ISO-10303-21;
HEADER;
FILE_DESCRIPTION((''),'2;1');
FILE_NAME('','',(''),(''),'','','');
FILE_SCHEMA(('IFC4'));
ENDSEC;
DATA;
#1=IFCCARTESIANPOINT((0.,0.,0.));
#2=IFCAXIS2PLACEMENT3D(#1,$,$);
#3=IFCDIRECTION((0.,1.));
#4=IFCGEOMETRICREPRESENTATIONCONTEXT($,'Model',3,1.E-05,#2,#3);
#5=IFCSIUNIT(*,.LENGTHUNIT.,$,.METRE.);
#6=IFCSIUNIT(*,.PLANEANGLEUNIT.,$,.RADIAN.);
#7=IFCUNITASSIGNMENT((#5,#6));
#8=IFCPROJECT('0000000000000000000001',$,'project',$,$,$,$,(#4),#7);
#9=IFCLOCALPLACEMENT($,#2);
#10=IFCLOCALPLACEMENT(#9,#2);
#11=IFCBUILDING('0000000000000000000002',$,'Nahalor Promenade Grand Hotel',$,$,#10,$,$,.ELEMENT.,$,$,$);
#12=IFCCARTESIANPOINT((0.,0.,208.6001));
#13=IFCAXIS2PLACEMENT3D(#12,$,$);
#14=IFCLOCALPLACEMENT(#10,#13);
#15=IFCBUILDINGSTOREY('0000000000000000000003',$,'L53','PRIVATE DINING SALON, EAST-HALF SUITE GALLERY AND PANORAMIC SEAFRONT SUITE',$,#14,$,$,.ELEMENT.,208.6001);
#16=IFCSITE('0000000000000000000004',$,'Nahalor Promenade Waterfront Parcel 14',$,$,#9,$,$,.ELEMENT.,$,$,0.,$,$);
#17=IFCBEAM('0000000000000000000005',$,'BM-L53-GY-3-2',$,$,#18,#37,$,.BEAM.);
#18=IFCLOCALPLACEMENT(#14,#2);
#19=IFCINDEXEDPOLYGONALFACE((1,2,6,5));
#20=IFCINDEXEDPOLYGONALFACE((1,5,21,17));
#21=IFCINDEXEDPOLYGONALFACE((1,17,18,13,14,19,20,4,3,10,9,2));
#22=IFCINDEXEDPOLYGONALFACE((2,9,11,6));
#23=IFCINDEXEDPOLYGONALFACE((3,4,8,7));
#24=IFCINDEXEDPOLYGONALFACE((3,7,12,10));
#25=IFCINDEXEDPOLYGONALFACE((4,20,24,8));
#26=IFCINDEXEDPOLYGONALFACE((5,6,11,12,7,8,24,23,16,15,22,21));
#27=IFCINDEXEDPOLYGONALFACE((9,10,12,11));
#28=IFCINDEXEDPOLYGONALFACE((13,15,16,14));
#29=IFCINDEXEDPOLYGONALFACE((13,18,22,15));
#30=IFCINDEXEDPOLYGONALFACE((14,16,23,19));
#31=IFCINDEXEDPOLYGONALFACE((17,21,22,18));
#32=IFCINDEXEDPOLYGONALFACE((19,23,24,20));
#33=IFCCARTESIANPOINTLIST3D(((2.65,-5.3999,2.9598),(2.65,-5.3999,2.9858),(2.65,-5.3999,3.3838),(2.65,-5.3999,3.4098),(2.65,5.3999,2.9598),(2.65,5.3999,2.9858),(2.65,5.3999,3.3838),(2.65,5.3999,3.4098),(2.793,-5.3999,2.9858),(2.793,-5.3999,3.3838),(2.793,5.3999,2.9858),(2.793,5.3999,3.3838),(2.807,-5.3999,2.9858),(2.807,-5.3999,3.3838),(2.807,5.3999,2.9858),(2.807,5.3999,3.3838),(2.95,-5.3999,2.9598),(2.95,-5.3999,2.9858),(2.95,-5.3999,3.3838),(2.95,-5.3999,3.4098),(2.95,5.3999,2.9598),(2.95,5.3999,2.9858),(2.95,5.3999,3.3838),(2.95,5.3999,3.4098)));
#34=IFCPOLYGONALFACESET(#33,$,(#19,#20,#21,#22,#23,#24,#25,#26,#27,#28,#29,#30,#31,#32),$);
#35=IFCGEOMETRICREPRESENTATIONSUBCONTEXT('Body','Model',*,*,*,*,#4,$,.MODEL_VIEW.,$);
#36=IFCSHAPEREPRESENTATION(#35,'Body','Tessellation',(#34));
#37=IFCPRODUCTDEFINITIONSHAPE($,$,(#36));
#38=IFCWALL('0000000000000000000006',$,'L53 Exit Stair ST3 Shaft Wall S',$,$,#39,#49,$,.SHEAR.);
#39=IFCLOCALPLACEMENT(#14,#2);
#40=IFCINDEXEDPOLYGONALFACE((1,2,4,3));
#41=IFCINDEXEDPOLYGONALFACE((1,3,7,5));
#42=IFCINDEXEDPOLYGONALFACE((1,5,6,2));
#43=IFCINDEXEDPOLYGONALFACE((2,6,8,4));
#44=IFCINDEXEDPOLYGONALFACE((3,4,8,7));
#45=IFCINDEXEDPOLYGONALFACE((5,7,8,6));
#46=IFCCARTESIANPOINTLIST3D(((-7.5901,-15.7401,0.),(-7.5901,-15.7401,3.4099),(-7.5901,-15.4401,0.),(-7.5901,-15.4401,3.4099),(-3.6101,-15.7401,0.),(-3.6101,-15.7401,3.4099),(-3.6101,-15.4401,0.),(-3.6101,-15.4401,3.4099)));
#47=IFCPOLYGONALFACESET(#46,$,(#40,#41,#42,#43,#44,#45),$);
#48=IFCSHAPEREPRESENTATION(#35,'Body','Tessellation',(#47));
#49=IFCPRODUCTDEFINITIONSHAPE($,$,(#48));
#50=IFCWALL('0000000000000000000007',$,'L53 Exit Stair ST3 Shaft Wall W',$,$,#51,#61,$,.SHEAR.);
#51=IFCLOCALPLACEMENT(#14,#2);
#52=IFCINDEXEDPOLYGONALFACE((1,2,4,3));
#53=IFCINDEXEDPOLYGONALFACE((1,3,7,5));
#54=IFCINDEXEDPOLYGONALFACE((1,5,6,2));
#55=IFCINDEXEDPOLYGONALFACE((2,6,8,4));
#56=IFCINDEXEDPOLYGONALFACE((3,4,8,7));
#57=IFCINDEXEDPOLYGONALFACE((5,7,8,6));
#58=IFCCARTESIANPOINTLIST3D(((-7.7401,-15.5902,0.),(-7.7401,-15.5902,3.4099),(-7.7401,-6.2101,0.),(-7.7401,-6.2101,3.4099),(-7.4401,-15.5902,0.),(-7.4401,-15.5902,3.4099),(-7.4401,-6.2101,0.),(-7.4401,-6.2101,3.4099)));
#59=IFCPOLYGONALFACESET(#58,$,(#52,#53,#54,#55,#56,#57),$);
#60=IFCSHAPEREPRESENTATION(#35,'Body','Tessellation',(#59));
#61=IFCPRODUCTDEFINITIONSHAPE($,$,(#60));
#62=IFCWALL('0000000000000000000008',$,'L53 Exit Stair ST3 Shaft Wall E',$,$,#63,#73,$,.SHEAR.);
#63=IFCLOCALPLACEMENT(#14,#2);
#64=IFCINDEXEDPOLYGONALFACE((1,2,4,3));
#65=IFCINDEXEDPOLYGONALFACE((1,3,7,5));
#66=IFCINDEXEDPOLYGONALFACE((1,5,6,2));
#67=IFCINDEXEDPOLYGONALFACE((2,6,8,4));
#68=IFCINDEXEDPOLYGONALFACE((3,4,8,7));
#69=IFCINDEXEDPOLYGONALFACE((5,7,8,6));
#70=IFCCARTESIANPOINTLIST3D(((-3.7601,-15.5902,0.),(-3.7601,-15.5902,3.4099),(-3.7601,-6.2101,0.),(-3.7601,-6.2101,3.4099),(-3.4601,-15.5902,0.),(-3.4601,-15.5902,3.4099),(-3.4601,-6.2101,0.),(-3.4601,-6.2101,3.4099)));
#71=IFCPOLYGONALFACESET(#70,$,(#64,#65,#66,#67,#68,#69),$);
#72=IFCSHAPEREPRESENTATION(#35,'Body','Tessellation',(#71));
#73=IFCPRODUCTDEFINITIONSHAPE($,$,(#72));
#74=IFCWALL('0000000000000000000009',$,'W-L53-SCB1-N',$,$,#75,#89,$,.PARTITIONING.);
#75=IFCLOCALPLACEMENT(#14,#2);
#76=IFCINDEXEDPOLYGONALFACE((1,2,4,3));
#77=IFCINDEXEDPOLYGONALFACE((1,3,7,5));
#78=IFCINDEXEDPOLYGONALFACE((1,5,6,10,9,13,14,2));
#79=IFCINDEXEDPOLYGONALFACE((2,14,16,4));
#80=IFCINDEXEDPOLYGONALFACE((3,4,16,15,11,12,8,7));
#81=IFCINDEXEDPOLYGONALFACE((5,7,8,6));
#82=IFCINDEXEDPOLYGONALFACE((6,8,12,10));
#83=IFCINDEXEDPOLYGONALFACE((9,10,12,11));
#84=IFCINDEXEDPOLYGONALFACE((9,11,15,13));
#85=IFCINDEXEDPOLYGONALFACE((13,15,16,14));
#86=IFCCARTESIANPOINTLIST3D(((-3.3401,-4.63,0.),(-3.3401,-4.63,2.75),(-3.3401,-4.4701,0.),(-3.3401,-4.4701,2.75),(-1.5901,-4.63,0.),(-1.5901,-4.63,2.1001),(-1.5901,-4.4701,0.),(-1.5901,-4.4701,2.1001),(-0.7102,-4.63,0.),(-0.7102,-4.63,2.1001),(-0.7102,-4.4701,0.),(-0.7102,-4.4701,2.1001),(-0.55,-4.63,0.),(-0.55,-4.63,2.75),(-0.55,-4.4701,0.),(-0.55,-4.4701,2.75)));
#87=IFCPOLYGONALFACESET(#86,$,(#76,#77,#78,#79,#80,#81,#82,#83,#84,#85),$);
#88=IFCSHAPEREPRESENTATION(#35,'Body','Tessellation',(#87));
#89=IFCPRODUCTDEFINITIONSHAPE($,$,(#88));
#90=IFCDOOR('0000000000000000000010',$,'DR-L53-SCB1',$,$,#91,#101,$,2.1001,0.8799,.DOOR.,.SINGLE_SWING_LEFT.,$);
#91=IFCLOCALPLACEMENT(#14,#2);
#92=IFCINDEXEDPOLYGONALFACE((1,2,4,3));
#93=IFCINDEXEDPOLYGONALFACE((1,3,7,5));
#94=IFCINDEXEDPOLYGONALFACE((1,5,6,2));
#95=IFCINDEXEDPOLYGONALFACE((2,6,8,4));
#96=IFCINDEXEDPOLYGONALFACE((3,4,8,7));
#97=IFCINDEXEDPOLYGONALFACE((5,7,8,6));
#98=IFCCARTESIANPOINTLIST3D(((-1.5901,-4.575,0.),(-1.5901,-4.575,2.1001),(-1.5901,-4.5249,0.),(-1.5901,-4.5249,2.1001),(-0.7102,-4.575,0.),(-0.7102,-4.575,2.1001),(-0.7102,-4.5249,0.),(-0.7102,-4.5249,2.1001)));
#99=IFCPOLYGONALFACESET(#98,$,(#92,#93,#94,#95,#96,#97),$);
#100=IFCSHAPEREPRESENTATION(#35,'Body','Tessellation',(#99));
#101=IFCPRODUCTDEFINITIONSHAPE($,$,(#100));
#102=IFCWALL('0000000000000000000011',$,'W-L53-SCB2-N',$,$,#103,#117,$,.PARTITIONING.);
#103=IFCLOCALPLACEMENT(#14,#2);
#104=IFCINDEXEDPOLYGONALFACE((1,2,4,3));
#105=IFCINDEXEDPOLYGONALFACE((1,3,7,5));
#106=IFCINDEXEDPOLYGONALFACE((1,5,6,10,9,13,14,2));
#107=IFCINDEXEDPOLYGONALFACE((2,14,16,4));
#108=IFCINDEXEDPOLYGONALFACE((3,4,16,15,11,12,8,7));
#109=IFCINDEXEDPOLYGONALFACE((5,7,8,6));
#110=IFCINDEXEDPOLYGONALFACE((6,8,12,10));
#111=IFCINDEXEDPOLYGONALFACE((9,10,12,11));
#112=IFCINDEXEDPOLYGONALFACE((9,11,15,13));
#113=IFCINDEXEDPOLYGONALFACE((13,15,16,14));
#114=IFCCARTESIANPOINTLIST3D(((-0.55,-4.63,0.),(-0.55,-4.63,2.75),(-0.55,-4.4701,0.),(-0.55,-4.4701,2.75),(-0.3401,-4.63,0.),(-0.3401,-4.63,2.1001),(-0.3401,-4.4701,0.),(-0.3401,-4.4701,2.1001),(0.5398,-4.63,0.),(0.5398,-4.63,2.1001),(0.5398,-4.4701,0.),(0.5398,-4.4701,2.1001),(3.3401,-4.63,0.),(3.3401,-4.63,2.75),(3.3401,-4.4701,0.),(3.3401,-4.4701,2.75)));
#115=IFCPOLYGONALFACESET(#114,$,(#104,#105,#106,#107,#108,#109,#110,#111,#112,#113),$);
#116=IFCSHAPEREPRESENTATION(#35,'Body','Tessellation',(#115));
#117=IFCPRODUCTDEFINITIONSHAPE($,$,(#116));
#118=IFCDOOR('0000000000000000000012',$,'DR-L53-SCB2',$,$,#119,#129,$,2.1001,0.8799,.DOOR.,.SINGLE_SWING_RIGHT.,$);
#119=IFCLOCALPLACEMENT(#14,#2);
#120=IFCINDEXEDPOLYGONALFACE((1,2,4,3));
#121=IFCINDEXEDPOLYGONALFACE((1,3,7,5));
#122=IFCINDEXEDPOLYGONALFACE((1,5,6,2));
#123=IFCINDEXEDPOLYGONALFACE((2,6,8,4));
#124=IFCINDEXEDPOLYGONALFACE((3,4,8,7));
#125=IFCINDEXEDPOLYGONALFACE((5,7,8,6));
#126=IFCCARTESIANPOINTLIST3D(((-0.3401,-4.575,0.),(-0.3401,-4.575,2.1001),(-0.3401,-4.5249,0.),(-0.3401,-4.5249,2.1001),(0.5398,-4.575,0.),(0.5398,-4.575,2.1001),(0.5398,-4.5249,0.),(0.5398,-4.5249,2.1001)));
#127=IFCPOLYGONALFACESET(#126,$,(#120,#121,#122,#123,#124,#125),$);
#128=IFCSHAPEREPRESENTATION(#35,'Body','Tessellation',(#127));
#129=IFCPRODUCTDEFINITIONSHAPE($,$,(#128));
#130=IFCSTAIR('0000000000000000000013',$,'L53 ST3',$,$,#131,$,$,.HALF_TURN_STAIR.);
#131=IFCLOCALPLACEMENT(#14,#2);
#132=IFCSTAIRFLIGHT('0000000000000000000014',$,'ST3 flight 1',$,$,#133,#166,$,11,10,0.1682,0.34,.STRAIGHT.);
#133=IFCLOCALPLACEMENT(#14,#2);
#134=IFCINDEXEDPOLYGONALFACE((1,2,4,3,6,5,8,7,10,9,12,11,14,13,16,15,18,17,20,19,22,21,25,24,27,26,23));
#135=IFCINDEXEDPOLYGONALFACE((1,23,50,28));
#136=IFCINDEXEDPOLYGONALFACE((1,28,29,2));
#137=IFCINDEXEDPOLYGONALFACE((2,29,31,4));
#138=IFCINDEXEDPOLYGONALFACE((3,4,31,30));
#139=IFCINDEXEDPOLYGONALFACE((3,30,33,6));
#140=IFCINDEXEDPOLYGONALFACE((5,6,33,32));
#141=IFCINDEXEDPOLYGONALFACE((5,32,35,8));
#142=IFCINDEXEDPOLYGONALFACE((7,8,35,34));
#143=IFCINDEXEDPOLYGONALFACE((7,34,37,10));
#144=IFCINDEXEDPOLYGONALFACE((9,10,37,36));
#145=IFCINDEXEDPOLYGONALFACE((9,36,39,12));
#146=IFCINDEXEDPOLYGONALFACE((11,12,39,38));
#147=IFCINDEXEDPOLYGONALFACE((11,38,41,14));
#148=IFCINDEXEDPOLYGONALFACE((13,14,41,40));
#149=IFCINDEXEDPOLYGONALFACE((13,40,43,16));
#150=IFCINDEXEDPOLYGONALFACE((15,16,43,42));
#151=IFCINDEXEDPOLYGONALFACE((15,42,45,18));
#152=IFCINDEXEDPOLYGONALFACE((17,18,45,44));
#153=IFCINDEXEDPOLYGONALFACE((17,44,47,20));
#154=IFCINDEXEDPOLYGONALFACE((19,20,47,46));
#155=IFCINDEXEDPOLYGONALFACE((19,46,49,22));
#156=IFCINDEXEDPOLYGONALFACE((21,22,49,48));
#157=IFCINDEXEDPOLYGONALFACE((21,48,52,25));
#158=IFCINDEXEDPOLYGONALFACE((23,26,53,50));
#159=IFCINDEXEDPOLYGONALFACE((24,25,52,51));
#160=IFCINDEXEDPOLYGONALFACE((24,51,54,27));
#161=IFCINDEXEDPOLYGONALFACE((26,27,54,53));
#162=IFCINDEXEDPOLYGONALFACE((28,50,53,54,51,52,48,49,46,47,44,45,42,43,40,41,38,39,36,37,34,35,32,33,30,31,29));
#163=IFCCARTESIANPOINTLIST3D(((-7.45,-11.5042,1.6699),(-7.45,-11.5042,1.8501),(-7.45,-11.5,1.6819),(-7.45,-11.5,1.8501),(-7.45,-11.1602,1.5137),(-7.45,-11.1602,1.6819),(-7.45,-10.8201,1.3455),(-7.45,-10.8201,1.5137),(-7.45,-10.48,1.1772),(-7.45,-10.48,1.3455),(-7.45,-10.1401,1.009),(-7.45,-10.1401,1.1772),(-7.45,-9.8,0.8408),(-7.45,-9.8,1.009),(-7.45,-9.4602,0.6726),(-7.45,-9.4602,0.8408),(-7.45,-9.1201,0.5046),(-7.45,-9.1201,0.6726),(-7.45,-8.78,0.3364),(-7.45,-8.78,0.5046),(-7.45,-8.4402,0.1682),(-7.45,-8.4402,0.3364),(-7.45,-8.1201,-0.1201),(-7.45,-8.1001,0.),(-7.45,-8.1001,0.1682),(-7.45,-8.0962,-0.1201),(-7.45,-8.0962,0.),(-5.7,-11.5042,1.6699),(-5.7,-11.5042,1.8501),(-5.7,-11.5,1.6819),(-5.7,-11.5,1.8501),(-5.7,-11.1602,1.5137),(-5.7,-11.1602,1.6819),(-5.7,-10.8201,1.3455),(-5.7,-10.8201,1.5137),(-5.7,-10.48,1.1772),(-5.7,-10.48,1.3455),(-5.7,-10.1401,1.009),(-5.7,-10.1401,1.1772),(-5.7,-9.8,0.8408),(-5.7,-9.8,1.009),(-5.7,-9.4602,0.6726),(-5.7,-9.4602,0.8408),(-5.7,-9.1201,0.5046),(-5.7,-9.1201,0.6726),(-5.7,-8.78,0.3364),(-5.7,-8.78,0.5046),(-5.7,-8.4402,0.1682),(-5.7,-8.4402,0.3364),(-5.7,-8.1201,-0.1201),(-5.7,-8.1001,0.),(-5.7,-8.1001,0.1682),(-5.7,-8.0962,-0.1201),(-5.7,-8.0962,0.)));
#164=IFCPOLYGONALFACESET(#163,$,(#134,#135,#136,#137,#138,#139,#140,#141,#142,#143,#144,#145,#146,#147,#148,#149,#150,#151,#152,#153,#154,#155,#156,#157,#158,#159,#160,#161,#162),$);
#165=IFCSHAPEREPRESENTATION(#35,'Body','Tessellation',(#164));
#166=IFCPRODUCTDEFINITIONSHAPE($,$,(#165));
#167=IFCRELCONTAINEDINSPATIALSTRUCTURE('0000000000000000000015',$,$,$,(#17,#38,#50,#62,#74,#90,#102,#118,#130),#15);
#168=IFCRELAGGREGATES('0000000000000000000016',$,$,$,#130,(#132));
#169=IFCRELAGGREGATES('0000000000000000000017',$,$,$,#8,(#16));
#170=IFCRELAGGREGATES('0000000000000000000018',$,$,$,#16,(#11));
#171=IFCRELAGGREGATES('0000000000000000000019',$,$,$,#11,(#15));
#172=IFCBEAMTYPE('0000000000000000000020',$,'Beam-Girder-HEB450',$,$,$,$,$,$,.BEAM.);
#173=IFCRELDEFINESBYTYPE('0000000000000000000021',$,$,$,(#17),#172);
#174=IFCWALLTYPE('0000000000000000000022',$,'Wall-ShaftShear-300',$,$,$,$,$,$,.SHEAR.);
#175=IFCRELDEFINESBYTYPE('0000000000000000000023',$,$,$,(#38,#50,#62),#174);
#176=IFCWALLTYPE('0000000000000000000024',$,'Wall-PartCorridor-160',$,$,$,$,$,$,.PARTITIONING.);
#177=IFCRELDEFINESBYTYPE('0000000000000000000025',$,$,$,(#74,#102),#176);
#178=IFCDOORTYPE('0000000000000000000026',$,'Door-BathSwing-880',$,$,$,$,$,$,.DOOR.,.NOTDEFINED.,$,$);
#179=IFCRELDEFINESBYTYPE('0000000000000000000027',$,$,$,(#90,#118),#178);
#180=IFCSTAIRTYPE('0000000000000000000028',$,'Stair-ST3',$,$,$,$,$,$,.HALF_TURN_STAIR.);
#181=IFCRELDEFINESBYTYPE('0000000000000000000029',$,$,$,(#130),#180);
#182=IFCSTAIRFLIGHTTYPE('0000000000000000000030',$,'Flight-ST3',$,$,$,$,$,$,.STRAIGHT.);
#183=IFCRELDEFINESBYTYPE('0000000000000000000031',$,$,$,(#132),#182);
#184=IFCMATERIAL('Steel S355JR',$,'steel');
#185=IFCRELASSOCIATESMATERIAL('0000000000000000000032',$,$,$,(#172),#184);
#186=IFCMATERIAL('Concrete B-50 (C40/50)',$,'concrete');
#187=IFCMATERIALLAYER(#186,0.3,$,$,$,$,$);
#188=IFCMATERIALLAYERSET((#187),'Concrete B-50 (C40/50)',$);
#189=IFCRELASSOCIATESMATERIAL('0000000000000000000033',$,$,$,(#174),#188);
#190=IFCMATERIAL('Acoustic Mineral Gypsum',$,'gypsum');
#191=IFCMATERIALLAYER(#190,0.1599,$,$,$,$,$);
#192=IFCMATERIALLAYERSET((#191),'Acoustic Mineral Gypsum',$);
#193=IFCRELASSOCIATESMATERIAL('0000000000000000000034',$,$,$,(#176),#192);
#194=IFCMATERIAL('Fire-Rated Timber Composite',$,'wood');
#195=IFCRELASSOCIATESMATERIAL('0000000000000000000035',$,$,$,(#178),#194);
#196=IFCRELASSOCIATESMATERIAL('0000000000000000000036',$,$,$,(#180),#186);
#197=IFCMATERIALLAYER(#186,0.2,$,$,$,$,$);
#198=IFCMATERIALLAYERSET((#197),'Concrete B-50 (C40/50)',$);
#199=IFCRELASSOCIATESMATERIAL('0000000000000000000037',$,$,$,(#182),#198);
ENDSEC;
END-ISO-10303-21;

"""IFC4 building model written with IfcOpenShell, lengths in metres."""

from ifc_helpers import new_model, si_unit, direction, frame, frame_2d, origin, origin_2d, place, context, subcontext, project, spatial, polyline, rectangle, i_section, outline, extrude, source, transform, mapped, material, layer, layer_set, material_profile, profile_set, type_object, element, fill, aggregate, save


model = new_model("IFC4")

# Units and contexts
model_context = context("Model", 3, precision=1e-05, world=origin(), true_north=direction((0.0, 1.0)))
body_context = subcontext(model_context, "Body", "Model", "MODEL_VIEW")
ifc_project = project(units=[si_unit("LENGTHUNIT", "METRE"), si_unit("PLANEANGLEUNIT", "RADIAN")], contexts=[model_context])

# Site, building, storey
site_placement = place(None, origin())
site = spatial("IfcSite", under=ifc_project, at=site_placement, Name="Nahalor Promenade Waterfront Parcel 14", CompositionType="ELEMENT", RefElevation=0.0)
building_placement = place(site_placement, origin())
building = spatial("IfcBuilding", under=site, at=building_placement, Name="Nahalor Promenade Grand Hotel", CompositionType="ELEMENT")
storey_placement = place(building_placement, frame((0.0, 0.0, 208.6001)))
storey = spatial("IfcBuildingStorey", under=building, at=storey_placement, Name="L53", Description="PRIVATE DINING SALON, EAST-HALF SUITE GALLERY AND PANORAMIC SEAFRONT SUITE", CompositionType="ELEMENT", Elevation=208.6001)

# Beam
ifc_material_1 = material(Name="Steel S355JR", Category="steel")
ifc_material_profile_1 = material_profile(ifc_material_1, i_section(OverallWidth=0.3, OverallDepth=0.45, WebThickness=0.014, FlangeThickness=0.026, at=origin_2d()), Name="HEB 450")
ifc_profile_set_1 = profile_set([ifc_material_profile_1], Name="Steel S355JR")
beam_type = type_object("IfcBeamType", Name="Beam-Girder-HEB450", PredefinedType="BEAM", material=ifc_profile_set_1)
shared_shape_1 = source(origin(), body_context, "Body", "SweptSolid", [
    extrude(i_section(OverallWidth=0.3, OverallDepth=0.45, WebThickness=0.014, FlangeThickness=0.026, at=origin_2d()), origin(), (0.0, 0.0, 1.0), 10.7998),
])
for number, where, z_axis, x_axis, name in (
    (1, (2.8, -5.3999, 3.1848), (0.0, 1.0, 0.0), (-1.0, 0.0, 0.0), "BM-L53-GY-3-2"),
):
    element("IfcBeam", number, at=place(storey_placement, frame(where, z_axis=z_axis, x_axis=x_axis)), inside=storey, type_object=beam_type, Name=name, PredefinedType="BEAM", context=body_context, shape_type="MappedRepresentation", body=[
        mapped(shared_shape_1, transform((0.0, 0.0, 0.0), scale=1.0)),
    ])

# Wall
ifc_material_2 = material(Name="Concrete B-50 (C40/50)", Category="concrete")
ifc_layer_1 = layer(ifc_material_2, 0.3)
ifc_layer_set_1 = layer_set([ifc_layer_1], Name="Concrete B-50 (C40/50)")
wall_type_1 = type_object("IfcWallType", Name="Wall-ShaftShear-300", PredefinedType="SHEAR", material=ifc_layer_set_1)
shared_shape_2 = source(origin(), body_context, "Body", "SweptSolid", [
    extrude(rectangle(XDim=3.98, YDim=0.3, at=frame_2d((1.99, 0.0))), origin(), (0.0, 0.0, 1.0), 3.4099),
])
wall_1_placement = place(storey_placement, frame((-7.5901, -15.5901, 0.0), z_axis=(0.0, 0.0, 1.0), x_axis=(1.0, 0.0, 0.0)))
element("IfcWall", 2, at=wall_1_placement, inside=storey, type_object=wall_type_1, Name="L53 Exit Stair ST3 Shaft Wall S", PredefinedType="SHEAR", context=body_context, shape_type="MappedRepresentation", body=[
    mapped(shared_shape_2, transform((0.0, 0.0, 0.0), scale=1.0)),
])

# Walls
shared_shape_3 = source(origin(), body_context, "Body", "SweptSolid", [
    extrude(rectangle(XDim=9.3801, YDim=0.3, at=frame_2d((4.6899, 0.0))), origin(), (0.0, 0.0, 1.0), 3.4099),
])
for number, where, z_axis, x_axis, name in (
    (3, (-7.5901, -15.5901, 0.0), (0.0, 0.0, 1.0), (0.0, 1.0, 0.0), "L53 Exit Stair ST3 Shaft Wall W"),
    (4, (-3.6101, -15.5901, 0.0), (0.0, 0.0, 1.0), (0.0, 1.0, 0.0), "L53 Exit Stair ST3 Shaft Wall E"),
):
    element("IfcWall", number, at=place(storey_placement, frame(where, z_axis=z_axis, x_axis=x_axis)), inside=storey, type_object=wall_type_1, Name=name, PredefinedType="SHEAR", context=body_context, shape_type="MappedRepresentation", body=[
        mapped(shared_shape_3, transform((0.0, 0.0, 0.0), scale=1.0)),
    ])

# Walls, openings, doors
ifc_material_3 = material(Name="Acoustic Mineral Gypsum", Category="gypsum")
ifc_layer_2 = layer(ifc_material_3, 0.1599)
ifc_layer_set_2 = layer_set([ifc_layer_2], Name="Acoustic Mineral Gypsum")
wall_type_2 = type_object("IfcWallType", Name="Wall-PartCorridor-160", PredefinedType="PARTITIONING", material=ifc_layer_set_2)
shared_shape_4 = source(origin(), body_context, "Body", "SweptSolid", [
    extrude(rectangle(XDim=2.79, YDim=0.1599, at=frame_2d((1.395, 0.0))), origin(), (0.0, 0.0, 1.0), 2.75),
])
wall_2_placement = place(storey_placement, frame((-3.3401, -4.55, 0.0), z_axis=(0.0, 0.0, 1.0), x_axis=(1.0, 0.0, 0.0)))
wall_2 = element("IfcWall", 5, at=wall_2_placement, inside=storey, type_object=wall_type_2, Name="W-L53-SCB1-N", PredefinedType="PARTITIONING", context=body_context, shape_type="MappedRepresentation", body=[
    mapped(shared_shape_4, transform((0.0, 0.0, 0.0), scale=1.0)),
])
opening_1_placement = place(wall_2_placement, frame((1.75, 0.0, 0.0)))
opening_1 = element("IfcOpeningElement", 6, at=opening_1_placement, cuts=wall_2, PredefinedType="OPENING", context=body_context, shape_type="SweptSolid", body=[
    extrude(rectangle(XDim=0.8799, YDim=2.1001, at=frame_2d((0.4399, 1.05))), frame((0.0, 0.0898, 0.0), z_axis=(0.0, -1.0, 0.0), x_axis=(1.0, 0.0, 0.0)), (0.0, 0.0, 1.0), 0.1799),
])
ifc_material_4 = material(Name="Fire-Rated Timber Composite", Category="wood")
door_type_1 = type_object("IfcDoorType", Name="Door-BathSwing-880", OperationType="NOTDEFINED", PredefinedType="DOOR", material=ifc_material_4)
shared_shape_5 = source(origin(), body_context, "Body", "SweptSolid", [
    extrude(rectangle(XDim=0.8799, YDim=2.1001, at=frame_2d((0.4399, 1.05))), frame((0.0, 0.0249, 0.0), z_axis=(0.0, -1.0, 0.0), x_axis=(1.0, 0.0, 0.0)), (0.0, 0.0, 1.0), 0.05),
])
door_1_placement = place(opening_1_placement, frame((0.8799, 0.0, 0.0), z_axis=(0.0, 0.0, 1.0), x_axis=(-1.0, 0.0, 0.0)))
door_1 = element("IfcDoor", 7, at=door_1_placement, inside=storey, type_object=door_type_1, Name="DR-L53-SCB1", OperationType="SINGLE_SWING_LEFT", OverallHeight=2.1001, OverallWidth=0.8799, PredefinedType="DOOR", context=body_context, shape_type="MappedRepresentation", body=[
    mapped(shared_shape_5, transform((0.0, 0.0, 0.0), scale=1.0)),
])
fill(opening_1, door_1)
shared_shape_6 = source(origin(), body_context, "Body", "SweptSolid", [
    extrude(rectangle(XDim=3.8901, YDim=0.1599, at=frame_2d((1.9451, 0.0))), origin(), (0.0, 0.0, 1.0), 2.75),
])
wall_3_placement = place(storey_placement, frame((-0.55, -4.55, 0.0), z_axis=(0.0, 0.0, 1.0), x_axis=(1.0, 0.0, 0.0)))
wall_3 = element("IfcWall", 8, at=wall_3_placement, inside=storey, type_object=wall_type_2, Name="W-L53-SCB2-N", PredefinedType="PARTITIONING", context=body_context, shape_type="MappedRepresentation", body=[
    mapped(shared_shape_6, transform((0.0, 0.0, 0.0), scale=1.0)),
])
opening_2_placement = place(wall_3_placement, frame((0.21, 0.0, 0.0)))
opening_2 = element("IfcOpeningElement", 9, at=opening_2_placement, cuts=wall_3, PredefinedType="OPENING", context=body_context, shape_type="SweptSolid", body=[
    extrude(rectangle(XDim=0.8799, YDim=2.1001, at=frame_2d((0.4399, 1.05))), frame((0.0, 0.0898, 0.0), z_axis=(0.0, -1.0, 0.0), x_axis=(1.0, 0.0, 0.0)), (0.0, 0.0, 1.0), 0.1799),
])
door_2_placement = place(opening_2_placement, frame((0.8799, 0.0, 0.0), z_axis=(0.0, 0.0, 1.0), x_axis=(-1.0, 0.0, 0.0)))
door_2 = element("IfcDoor", 10, at=door_2_placement, inside=storey, type_object=door_type_1, Name="DR-L53-SCB2", OperationType="SINGLE_SWING_RIGHT", OverallHeight=2.1001, OverallWidth=0.8799, PredefinedType="DOOR", context=body_context, shape_type="MappedRepresentation", body=[
    mapped(shared_shape_5, transform((0.0, 0.0, 0.0), scale=1.0)),
])
fill(opening_2, door_2)

# Stair, stair flight
stair_type = type_object("IfcStairType", Name="Stair-ST3", PredefinedType="HALF_TURN_STAIR", material=ifc_material_2)
stair_placement = place(storey_placement, origin())
stair = element("IfcStair", 11, at=stair_placement, inside=storey, type_object=stair_type, Name="L53 ST3", PredefinedType="HALF_TURN_STAIR")
ifc_layer_3 = layer(ifc_material_2, 0.2)
ifc_layer_set_3 = layer_set([ifc_layer_3], Name="Concrete B-50 (C40/50)")
stair_flight_type = type_object("IfcStairFlightType", Name="Flight-ST3", PredefinedType="STRAIGHT", material=ifc_layer_set_3)
shared_shape_7 = source(origin(), body_context, "Body", "SweptSolid", [
    extrude(outline(polyline([(-0.0039, -0.1201), (-0.0039, 0.0), (0.0, 0.0), (0.0, 0.1682), (0.3401, 0.1682), (0.3401, 0.3364), (0.6799, 0.3364), (0.6799, 0.5046), (1.02, 0.5046), (1.02, 0.6726), (1.3601, 0.6726), (1.3601, 0.8408), (1.7, 0.8408), (1.7, 1.009), (2.04, 1.009), (2.04, 1.1772), (2.3799, 1.1772), (2.3799, 1.3455), (2.72, 1.3455), (2.72, 1.5137), (3.0601, 1.5137), (3.0601, 1.6819), (3.3999, 1.6819), (3.3999, 1.8501), (3.4041, 1.8501), (3.4041, 1.6699), (0.02, -0.1201), (-0.0039, -0.1201)])), frame((0.0, 0.875, 0.0), z_axis=(0.0, -1.0, 0.0), x_axis=(1.0, 0.0, 0.0)), (0.0, 0.0, 1.0), 1.75),
])
stair_flight_1_placement = place(storey_placement, frame((-6.575, -8.1001, 0.0), z_axis=(0.0, 0.0, 1.0), x_axis=(0.0, -1.0, 0.0)))
stair_flight_1 = element("IfcStairFlight", 12, at=stair_flight_1_placement, type_object=stair_flight_type, Name="ST3 flight 1", NumberOfRisers=11, NumberOfTreads=10, PredefinedType="STRAIGHT", RiserHeight=0.1682, TreadLength=0.34, context=body_context, shape_type="MappedRepresentation", body=[
    mapped(shared_shape_7, transform((0.0, 0.0, 0.0), scale=1.0)),
])
aggregate(stair, [stair_flight_1])

save(model, "model.ifc")
